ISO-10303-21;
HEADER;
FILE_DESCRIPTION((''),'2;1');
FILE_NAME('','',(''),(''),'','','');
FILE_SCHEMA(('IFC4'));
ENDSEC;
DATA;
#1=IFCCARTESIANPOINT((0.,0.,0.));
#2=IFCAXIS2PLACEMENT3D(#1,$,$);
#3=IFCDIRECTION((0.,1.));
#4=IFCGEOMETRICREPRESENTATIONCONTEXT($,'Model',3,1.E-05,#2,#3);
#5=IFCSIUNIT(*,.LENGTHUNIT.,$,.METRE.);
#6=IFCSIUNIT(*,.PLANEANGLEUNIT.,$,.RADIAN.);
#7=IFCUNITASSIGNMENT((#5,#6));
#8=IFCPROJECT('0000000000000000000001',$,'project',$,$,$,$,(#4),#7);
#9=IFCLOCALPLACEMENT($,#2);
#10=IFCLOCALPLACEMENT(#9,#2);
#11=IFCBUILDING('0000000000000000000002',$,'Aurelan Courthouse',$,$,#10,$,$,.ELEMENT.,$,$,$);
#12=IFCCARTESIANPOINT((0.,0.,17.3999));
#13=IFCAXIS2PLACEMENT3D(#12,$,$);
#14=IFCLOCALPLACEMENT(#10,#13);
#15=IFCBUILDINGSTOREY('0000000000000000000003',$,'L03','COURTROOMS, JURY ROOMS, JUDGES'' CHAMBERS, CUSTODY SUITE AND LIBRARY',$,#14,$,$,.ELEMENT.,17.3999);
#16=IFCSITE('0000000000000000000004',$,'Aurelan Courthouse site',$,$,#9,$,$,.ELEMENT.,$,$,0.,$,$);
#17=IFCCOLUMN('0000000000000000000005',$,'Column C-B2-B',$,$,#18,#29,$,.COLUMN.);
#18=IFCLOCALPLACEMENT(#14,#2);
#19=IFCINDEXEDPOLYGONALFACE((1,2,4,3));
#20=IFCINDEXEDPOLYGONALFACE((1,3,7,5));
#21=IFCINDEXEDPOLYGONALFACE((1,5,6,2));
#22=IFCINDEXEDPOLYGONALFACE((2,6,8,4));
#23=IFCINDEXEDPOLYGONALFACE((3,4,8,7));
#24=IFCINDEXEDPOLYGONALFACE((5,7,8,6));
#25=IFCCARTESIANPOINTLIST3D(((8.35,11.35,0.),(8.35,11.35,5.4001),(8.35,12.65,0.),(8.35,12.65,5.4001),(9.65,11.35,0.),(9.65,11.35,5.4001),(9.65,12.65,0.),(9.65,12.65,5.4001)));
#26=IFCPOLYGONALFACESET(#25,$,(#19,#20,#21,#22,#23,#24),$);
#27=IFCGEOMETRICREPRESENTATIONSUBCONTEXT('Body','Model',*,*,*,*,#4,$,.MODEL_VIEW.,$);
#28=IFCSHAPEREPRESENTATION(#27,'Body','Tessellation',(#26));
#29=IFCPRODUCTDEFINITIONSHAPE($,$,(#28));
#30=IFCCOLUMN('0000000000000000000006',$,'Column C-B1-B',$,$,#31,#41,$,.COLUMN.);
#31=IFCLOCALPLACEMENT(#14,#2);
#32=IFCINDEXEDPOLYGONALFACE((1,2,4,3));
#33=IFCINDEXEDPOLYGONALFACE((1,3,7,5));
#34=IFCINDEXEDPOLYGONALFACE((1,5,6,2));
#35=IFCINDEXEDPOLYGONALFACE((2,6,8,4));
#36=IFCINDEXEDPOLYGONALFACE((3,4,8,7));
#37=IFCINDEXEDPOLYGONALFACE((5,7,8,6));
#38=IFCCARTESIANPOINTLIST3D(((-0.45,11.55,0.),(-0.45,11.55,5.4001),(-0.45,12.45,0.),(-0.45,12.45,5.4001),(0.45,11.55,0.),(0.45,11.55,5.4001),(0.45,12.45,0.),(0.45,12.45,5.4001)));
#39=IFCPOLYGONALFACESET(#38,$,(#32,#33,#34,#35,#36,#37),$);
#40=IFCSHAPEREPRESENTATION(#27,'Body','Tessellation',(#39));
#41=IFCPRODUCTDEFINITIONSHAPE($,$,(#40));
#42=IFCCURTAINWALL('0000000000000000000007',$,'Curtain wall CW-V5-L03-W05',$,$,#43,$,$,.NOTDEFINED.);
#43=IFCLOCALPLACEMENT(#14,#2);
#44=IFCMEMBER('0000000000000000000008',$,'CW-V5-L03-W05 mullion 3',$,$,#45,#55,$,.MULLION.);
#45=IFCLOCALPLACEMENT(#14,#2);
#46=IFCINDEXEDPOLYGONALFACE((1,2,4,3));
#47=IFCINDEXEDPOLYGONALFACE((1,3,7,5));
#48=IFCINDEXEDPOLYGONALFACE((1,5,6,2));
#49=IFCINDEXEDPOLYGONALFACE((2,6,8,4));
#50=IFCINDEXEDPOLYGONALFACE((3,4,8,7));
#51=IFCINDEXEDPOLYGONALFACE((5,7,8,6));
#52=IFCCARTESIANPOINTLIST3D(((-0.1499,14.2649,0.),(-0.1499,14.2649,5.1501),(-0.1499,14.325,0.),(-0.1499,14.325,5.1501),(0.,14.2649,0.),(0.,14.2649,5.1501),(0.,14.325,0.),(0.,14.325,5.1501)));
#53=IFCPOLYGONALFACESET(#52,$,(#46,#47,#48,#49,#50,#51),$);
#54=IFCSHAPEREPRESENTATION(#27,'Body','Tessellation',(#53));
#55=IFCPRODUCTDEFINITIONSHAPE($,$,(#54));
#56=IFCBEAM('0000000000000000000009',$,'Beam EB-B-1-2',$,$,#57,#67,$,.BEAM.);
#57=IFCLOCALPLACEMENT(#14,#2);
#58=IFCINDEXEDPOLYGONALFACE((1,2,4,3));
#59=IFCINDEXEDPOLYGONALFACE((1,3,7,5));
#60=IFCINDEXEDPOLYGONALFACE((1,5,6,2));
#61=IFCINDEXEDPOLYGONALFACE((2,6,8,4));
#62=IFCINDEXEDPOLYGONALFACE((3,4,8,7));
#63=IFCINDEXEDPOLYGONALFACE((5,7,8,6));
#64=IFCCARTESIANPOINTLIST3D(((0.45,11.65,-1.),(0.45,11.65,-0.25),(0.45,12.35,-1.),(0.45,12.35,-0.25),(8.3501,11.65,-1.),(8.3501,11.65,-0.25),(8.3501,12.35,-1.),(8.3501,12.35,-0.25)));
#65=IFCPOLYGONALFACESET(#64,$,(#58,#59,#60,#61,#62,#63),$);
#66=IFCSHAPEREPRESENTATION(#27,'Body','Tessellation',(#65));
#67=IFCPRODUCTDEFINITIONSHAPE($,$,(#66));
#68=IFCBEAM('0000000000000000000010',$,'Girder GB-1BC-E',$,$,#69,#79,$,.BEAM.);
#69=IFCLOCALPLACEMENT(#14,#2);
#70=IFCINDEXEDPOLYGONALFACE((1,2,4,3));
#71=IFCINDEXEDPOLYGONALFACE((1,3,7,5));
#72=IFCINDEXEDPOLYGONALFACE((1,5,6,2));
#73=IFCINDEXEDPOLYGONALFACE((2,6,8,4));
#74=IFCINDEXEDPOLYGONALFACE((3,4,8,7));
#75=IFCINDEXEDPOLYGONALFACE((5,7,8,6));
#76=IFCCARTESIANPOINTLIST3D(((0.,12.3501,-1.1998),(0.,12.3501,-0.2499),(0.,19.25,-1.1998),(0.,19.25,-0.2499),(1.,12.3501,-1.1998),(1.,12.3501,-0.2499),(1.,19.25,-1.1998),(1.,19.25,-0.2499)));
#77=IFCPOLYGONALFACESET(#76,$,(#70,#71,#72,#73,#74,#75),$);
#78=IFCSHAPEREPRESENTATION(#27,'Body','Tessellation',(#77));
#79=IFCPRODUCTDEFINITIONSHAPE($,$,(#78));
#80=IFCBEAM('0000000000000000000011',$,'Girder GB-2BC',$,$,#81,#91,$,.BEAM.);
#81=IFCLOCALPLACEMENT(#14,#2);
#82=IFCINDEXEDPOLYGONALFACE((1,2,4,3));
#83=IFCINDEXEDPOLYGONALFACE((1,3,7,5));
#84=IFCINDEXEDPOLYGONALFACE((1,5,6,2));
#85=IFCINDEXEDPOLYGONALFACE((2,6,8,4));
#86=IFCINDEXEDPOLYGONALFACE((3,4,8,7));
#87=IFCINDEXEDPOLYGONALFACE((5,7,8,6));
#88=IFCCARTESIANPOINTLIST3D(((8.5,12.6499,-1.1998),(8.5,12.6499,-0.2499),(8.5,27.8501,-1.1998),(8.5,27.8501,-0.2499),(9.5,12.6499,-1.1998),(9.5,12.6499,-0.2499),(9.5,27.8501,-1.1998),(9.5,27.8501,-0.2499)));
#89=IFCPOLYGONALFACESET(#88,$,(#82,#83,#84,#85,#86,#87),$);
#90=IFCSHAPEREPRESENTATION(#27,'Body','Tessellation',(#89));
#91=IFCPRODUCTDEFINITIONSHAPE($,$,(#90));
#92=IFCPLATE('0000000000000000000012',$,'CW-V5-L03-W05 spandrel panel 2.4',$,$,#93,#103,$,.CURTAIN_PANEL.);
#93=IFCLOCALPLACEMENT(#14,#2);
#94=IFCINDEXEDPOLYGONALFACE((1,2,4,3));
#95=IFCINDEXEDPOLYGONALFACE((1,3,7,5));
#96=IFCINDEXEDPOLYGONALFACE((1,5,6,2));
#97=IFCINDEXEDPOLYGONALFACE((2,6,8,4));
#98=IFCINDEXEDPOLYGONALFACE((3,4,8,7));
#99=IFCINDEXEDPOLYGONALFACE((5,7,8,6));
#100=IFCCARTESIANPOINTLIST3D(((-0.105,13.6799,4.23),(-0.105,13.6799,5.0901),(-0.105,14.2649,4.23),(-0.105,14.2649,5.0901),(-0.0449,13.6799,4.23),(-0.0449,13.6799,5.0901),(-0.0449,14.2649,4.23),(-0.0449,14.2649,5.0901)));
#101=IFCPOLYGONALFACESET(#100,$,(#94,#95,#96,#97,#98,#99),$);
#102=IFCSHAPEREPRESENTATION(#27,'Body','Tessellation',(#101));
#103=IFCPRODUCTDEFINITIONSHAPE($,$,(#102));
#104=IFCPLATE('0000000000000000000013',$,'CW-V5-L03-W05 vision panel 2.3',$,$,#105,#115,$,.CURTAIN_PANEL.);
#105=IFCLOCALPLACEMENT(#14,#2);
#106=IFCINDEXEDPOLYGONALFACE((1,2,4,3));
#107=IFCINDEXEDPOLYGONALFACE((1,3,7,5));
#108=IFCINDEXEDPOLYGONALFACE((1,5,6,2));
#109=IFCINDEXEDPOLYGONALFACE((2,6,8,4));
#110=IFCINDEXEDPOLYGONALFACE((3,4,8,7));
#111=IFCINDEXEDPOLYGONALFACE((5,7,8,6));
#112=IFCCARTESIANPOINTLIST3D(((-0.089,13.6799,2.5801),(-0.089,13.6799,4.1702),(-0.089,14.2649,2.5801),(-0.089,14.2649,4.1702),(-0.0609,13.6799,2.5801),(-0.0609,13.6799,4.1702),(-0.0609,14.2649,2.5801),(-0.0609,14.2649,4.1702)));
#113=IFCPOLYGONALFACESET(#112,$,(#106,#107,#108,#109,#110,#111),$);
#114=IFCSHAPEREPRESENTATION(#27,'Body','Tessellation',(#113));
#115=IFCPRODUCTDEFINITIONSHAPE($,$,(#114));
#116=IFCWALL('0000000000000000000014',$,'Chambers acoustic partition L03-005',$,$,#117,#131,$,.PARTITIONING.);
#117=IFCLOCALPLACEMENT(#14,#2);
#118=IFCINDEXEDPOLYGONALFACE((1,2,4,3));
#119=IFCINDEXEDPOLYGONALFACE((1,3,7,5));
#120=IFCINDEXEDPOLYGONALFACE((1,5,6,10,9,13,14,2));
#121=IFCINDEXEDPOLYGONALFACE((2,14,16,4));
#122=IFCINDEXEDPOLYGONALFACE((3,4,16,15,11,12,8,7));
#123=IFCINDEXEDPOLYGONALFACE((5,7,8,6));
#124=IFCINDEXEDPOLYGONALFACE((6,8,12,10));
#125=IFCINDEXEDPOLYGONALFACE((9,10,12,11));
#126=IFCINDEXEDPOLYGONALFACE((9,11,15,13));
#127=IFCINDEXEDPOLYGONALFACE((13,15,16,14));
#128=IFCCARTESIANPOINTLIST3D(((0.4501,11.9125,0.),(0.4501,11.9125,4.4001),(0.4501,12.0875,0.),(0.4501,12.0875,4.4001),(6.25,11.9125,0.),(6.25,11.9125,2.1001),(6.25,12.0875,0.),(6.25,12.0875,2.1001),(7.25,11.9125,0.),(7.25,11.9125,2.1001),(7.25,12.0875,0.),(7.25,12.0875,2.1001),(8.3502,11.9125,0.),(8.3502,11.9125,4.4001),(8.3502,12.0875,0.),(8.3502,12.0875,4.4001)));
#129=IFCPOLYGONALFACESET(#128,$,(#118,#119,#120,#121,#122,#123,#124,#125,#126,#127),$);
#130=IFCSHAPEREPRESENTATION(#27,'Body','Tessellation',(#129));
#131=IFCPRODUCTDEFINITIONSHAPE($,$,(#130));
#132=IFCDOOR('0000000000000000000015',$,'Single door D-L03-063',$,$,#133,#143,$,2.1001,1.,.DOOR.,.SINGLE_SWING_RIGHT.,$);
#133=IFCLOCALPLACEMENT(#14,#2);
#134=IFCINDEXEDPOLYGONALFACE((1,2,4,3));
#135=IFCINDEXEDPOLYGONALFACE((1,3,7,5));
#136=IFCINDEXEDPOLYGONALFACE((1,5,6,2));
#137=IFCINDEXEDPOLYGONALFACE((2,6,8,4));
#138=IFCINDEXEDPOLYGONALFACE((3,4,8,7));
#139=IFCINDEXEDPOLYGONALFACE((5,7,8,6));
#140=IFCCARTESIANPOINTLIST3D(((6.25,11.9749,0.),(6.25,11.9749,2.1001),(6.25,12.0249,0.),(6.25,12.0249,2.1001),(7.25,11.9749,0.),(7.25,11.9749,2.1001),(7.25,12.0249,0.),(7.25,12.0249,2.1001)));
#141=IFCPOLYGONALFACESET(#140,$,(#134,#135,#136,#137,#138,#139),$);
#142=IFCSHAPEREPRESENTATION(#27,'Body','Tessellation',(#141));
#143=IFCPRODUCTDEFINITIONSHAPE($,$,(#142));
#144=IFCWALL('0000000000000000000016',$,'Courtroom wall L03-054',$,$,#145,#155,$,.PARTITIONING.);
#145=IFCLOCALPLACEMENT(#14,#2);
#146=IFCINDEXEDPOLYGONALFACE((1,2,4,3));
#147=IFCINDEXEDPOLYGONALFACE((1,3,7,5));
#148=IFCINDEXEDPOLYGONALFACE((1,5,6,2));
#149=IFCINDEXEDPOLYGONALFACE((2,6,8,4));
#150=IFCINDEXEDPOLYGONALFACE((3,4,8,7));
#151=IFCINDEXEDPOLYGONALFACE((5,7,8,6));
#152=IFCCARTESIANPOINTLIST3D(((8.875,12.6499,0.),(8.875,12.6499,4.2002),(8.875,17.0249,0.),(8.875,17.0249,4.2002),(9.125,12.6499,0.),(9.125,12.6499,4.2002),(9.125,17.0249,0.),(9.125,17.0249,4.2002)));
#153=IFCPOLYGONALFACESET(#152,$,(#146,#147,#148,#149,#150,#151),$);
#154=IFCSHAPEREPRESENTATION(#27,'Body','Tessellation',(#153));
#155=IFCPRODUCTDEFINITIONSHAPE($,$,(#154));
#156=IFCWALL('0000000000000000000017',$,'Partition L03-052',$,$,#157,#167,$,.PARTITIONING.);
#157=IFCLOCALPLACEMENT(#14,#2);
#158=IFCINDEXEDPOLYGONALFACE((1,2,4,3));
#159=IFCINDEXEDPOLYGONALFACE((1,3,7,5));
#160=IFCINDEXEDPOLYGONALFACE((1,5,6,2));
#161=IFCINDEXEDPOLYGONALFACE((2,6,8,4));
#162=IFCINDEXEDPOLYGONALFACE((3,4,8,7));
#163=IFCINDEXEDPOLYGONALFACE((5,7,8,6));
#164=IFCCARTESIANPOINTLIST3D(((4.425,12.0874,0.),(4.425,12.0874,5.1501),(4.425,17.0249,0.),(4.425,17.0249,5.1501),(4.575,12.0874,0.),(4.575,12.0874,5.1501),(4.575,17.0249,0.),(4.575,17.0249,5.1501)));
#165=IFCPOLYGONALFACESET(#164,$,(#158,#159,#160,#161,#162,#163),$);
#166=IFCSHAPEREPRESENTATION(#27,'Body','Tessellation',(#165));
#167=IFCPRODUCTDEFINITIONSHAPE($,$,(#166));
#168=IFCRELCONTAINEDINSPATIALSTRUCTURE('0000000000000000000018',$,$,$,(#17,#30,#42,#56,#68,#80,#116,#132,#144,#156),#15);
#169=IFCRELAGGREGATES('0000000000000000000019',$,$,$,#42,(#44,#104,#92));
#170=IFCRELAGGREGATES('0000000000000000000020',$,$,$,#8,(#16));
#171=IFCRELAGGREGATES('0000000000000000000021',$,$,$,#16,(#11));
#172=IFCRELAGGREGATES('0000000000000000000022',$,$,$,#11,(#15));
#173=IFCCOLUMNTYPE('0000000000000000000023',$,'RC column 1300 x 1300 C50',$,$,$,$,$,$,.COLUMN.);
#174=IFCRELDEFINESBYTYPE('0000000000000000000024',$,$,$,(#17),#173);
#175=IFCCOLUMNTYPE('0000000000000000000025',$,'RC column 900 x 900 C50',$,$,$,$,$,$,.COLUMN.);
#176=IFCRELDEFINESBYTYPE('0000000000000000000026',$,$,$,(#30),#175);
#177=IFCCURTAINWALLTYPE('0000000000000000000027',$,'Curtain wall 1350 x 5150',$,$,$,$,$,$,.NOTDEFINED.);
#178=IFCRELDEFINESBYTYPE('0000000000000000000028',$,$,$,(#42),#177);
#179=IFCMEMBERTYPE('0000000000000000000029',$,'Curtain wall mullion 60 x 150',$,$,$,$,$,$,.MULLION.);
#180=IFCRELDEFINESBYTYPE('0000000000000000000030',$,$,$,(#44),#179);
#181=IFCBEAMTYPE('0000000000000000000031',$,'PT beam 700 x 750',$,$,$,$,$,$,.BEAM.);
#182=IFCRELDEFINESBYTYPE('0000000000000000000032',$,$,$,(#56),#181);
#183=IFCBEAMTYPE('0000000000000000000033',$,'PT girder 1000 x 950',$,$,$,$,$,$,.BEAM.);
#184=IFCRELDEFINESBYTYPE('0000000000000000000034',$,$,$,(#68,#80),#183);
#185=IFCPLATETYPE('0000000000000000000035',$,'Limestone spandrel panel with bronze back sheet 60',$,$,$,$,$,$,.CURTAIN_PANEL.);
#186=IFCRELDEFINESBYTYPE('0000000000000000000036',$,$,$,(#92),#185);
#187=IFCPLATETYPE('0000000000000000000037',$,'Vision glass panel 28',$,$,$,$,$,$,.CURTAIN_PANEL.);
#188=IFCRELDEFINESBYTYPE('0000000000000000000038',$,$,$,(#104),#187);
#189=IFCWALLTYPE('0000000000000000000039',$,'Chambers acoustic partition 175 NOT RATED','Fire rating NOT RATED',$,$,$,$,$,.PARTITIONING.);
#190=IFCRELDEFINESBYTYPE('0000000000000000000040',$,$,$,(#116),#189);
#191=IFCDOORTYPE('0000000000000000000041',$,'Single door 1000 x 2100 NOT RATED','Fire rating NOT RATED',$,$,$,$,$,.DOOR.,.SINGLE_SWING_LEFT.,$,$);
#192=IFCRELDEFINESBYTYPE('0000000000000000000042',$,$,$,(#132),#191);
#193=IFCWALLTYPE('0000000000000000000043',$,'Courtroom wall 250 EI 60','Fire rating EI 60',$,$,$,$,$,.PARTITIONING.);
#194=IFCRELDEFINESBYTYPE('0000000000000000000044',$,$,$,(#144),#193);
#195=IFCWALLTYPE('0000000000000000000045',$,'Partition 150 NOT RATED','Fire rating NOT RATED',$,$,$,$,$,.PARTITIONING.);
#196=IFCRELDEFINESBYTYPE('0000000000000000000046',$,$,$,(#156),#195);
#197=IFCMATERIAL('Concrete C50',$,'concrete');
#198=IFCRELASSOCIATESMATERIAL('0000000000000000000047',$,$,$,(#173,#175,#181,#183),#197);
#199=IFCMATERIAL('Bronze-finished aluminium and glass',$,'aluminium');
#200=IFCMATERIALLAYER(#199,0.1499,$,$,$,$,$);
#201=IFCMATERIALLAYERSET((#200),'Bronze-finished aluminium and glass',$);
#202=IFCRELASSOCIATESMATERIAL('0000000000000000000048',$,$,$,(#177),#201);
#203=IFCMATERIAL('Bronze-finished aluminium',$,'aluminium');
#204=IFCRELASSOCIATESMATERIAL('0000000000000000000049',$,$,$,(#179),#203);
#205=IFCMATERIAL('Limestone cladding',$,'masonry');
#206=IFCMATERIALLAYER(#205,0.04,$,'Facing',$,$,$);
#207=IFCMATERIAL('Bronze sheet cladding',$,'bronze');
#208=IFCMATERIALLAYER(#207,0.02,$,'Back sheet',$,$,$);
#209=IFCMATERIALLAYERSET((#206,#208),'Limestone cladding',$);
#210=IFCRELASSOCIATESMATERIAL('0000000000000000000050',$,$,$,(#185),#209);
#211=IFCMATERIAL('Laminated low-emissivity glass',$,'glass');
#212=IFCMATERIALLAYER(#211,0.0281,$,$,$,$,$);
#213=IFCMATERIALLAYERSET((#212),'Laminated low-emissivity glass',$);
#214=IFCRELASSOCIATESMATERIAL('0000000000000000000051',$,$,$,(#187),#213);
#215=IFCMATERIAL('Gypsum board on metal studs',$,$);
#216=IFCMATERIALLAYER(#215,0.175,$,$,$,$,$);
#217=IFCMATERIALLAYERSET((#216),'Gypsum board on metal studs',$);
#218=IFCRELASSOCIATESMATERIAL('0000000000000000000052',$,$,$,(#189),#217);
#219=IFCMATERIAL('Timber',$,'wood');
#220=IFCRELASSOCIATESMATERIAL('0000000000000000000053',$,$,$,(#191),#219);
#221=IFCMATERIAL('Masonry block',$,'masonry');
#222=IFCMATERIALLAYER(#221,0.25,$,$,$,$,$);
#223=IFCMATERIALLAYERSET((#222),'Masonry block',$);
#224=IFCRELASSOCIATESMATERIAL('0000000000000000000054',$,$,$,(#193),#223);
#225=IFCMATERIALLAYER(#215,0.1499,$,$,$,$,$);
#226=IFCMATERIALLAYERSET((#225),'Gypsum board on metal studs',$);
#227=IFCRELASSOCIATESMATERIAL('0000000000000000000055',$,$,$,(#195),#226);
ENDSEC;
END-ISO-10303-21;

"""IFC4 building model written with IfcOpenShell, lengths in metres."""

from ifc_helpers import new_model, si_unit, direction, frame, frame_2d, origin, origin_2d, place, context, subcontext, project, spatial, rectangle, extrude, material, layer, layer_set, material_profile, profile_set, type_object, element, fill, aggregate, save


model = new_model("IFC4")

# Units and contexts
model_context = context("Model", 3, precision=1e-05, world=origin(), true_north=direction((0.0, 1.0)))
body_context = subcontext(model_context, "Body", "Model", "MODEL_VIEW")
ifc_project = project(units=[si_unit("LENGTHUNIT", "METRE"), si_unit("PLANEANGLEUNIT", "RADIAN")], contexts=[model_context])

# Site, building, storey
site_placement = place(None, origin())
site = spatial("IfcSite", under=ifc_project, at=site_placement, Name="Aurelan Courthouse site", CompositionType="ELEMENT", RefElevation=0.0)
building_placement = place(site_placement, origin())
building = spatial("IfcBuilding", under=site, at=building_placement, Name="Aurelan Courthouse", CompositionType="ELEMENT")
storey_placement = place(building_placement, frame((0.0, 0.0, 17.3999)))
storey = spatial("IfcBuildingStorey", under=building, at=storey_placement, Name="L03", Description="COURTROOMS, JURY ROOMS, JUDGES' CHAMBERS, CUSTODY SUITE AND LIBRARY", CompositionType="ELEMENT", Elevation=17.3999)

# Columns
ifc_material_1 = material(Name="Concrete C50", Category="concrete")
ifc_material_profile_1 = material_profile(ifc_material_1, rectangle(XDim=1.3, YDim=1.3, at=origin_2d()), Name="RC 1300 x 1300")
ifc_profile_set_1 = profile_set([ifc_material_profile_1], Name="Concrete C50")
column_type_1 = type_object("IfcColumnType", Name="RC column 1300 x 1300 C50", PredefinedType="COLUMN", material=ifc_profile_set_1)
column_1_placement = place(storey_placement, frame((9.0, 12.0, 0.0), z_axis=(0.0, 0.0, 1.0), x_axis=(1.0, 0.0, 0.0)))
element("IfcColumn", 1, at=column_1_placement, inside=storey, type_object=column_type_1, Name="Column C-B2-B", PredefinedType="COLUMN", context=body_context, shape_type="SweptSolid", body=[
    extrude(rectangle(XDim=1.3, YDim=1.3, at=origin_2d()), origin(), (0.0, 0.0, 1.0), 5.4001),
])
ifc_material_profile_2 = material_profile(ifc_material_1, rectangle(XDim=0.8999, YDim=0.8999, at=origin_2d()), Name="RC 900 x 900")
ifc_profile_set_2 = profile_set([ifc_material_profile_2], Name="Concrete C50")
column_type_2 = type_object("IfcColumnType", Name="RC column 900 x 900 C50", PredefinedType="COLUMN", material=ifc_profile_set_2)
column_2_placement = place(storey_placement, frame((0.0, 12.0, 0.0), z_axis=(0.0, 0.0, 1.0), x_axis=(1.0, 0.0, 0.0)))
element("IfcColumn", 2, at=column_2_placement, inside=storey, type_object=column_type_2, Name="Column C-B1-B", PredefinedType="COLUMN", context=body_context, shape_type="SweptSolid", body=[
    extrude(rectangle(XDim=0.8999, YDim=0.8999, at=origin_2d()), origin(), (0.0, 0.0, 1.0), 5.4001),
])

# Curtain wall, member
ifc_material_2 = material(Name="Bronze-finished aluminium and glass", Category="aluminium")
ifc_layer_1 = layer(ifc_material_2, 0.1499)
ifc_layer_set_1 = layer_set([ifc_layer_1], Name="Bronze-finished aluminium and glass")
curtain_wall_type = type_object("IfcCurtainWallType", Name="Curtain wall 1350 x 5150", PredefinedType="NOTDEFINED", material=ifc_layer_set_1)
curtain_wall_placement = place(storey_placement, origin())
curtain_wall = element("IfcCurtainWall", 3, at=curtain_wall_placement, inside=storey, type_object=curtain_wall_type, Name="Curtain wall CW-V5-L03-W05", PredefinedType="NOTDEFINED")
ifc_material_3 = material(Name="Bronze-finished aluminium", Category="aluminium")
ifc_material_profile_3 = material_profile(ifc_material_3, rectangle(XDim=0.1499, YDim=0.0601, at=origin_2d()), Name="Bronze mullion 60 x 150")
ifc_profile_set_3 = profile_set([ifc_material_profile_3], Name="Bronze-finished aluminium")
member_type = type_object("IfcMemberType", Name="Curtain wall mullion 60 x 150", PredefinedType="MULLION", material=ifc_profile_set_3)
member_placement = place(storey_placement, frame((-0.075, 14.2949, 0.0), z_axis=(0.0, 0.0, 1.0), x_axis=(-1.0, 0.0, 0.0)))
member = element("IfcMember", 4, at=member_placement, type_object=member_type, Name="CW-V5-L03-W05 mullion 3", PredefinedType="MULLION", context=body_context, shape_type="SweptSolid", body=[
    extrude(rectangle(XDim=0.1499, YDim=0.0601, at=origin_2d()), origin(), (0.0, 0.0, 1.0), 5.1501),
])

# Beams
ifc_material_profile_4 = material_profile(ifc_material_1, rectangle(XDim=0.7, YDim=0.75, at=origin_2d()), Name="RC 700 x 750")
ifc_profile_set_4 = profile_set([ifc_material_profile_4], Name="Concrete C50")
beam_type_1 = type_object("IfcBeamType", Name="PT beam 700 x 750", PredefinedType="BEAM", material=ifc_profile_set_4)
beam_1_placement = place(storey_placement, frame((0.45, 12.0, -0.625), z_axis=(1.0, 0.0, 0.0), x_axis=(0.0, 1.0, 0.0)))
element("IfcBeam", 5, at=beam_1_placement, inside=storey, type_object=beam_type_1, Name="Beam EB-B-1-2", PredefinedType="BEAM", context=body_context, shape_type="SweptSolid", body=[
    extrude(rectangle(XDim=0.7, YDim=0.75, at=origin_2d()), origin(), (0.0, 0.0, 1.0), 7.9001),
])
ifc_material_profile_5 = material_profile(ifc_material_1, rectangle(XDim=1.0, YDim=0.95, at=origin_2d()), Name="RC 1000 x 950")
ifc_profile_set_5 = profile_set([ifc_material_profile_5], Name="Concrete C50")
beam_type_2 = type_object("IfcBeamType", Name="PT girder 1000 x 950", PredefinedType="BEAM", material=ifc_profile_set_5)
beam_2_placement = place(storey_placement, frame((0.5, 12.3501, -0.7249), z_axis=(0.0, 1.0, 0.0), x_axis=(-1.0, 0.0, 0.0)))
element("IfcBeam", 6, at=beam_2_placement, inside=storey, type_object=beam_type_2, Name="Girder GB-1BC-E", PredefinedType="BEAM", context=body_context, shape_type="SweptSolid", body=[
    extrude(rectangle(XDim=1.0, YDim=0.95, at=origin_2d()), origin(), (0.0, 0.0, 1.0), 6.8999),
])
beam_3_placement = place(storey_placement, frame((9.0, 12.6499, -0.7249), z_axis=(0.0, 1.0, 0.0), x_axis=(-1.0, 0.0, 0.0)))
element("IfcBeam", 7, at=beam_3_placement, inside=storey, type_object=beam_type_2, Name="Girder GB-2BC", PredefinedType="BEAM", context=body_context, shape_type="SweptSolid", body=[
    extrude(rectangle(XDim=1.0, YDim=0.95, at=origin_2d()), origin(), (0.0, 0.0, 1.0), 15.2002),
])

# Plates
ifc_material_4 = material(Name="Limestone cladding", Category="masonry")
ifc_layer_2 = layer(ifc_material_4, 0.04, Name="Facing")
ifc_material_5 = material(Name="Bronze sheet cladding", Category="bronze")
ifc_layer_3 = layer(ifc_material_5, 0.02, Name="Back sheet")
ifc_layer_set_2 = layer_set([ifc_layer_2, ifc_layer_3], Name="Limestone cladding")
plate_type_1 = type_object("IfcPlateType", Name="Limestone spandrel panel with bronze back sheet 60", PredefinedType="CURTAIN_PANEL", material=ifc_layer_set_2)
plate_1_placement = place(storey_placement, frame((-0.075, 13.9724, 4.23), z_axis=(0.0, 0.0, 1.0), x_axis=(0.0, 1.0, 0.0)))
plate_1 = element("IfcPlate", 8, at=plate_1_placement, type_object=plate_type_1, Name="CW-V5-L03-W05 spandrel panel 2.4", PredefinedType="CURTAIN_PANEL", context=body_context, shape_type="SweptSolid", body=[
    extrude(rectangle(XDim=0.585, YDim=0.0601, at=origin_2d()), origin(), (0.0, 0.0, 1.0), 0.8601),
])
ifc_material_6 = material(Name="Laminated low-emissivity glass", Category="glass")
ifc_layer_4 = layer(ifc_material_6, 0.0281)
ifc_layer_set_3 = layer_set([ifc_layer_4], Name="Laminated low-emissivity glass")
plate_type_2 = type_object("IfcPlateType", Name="Vision glass panel 28", PredefinedType="CURTAIN_PANEL", material=ifc_layer_set_3)
plate_2_placement = place(storey_placement, frame((-0.075, 13.9724, 2.5801), z_axis=(0.0, 0.0, 1.0), x_axis=(0.0, 1.0, 0.0)))
plate_2 = element("IfcPlate", 9, at=plate_2_placement, type_object=plate_type_2, Name="CW-V5-L03-W05 vision panel 2.3", PredefinedType="CURTAIN_PANEL", context=body_context, shape_type="SweptSolid", body=[
    extrude(rectangle(XDim=0.585, YDim=0.0281, at=origin_2d()), origin(), (0.0, 0.0, 1.0), 1.5901),
])
aggregate(curtain_wall, [member, plate_2, plate_1])

# Wall, opening, door
ifc_material_7 = material(Name="Gypsum board on metal studs")
ifc_layer_5 = layer(ifc_material_7, 0.175)
ifc_layer_set_4 = layer_set([ifc_layer_5], Name="Gypsum board on metal studs")
wall_type_1 = type_object("IfcWallType", Name="Chambers acoustic partition 175 NOT RATED", Description="Fire rating NOT RATED", PredefinedType="PARTITIONING", material=ifc_layer_set_4)
wall_1_placement = place(storey_placement, frame((0.45, 12.0, 0.0), z_axis=(0.0, 0.0, 1.0), x_axis=(1.0, 0.0, 0.0)))
wall_1 = element("IfcWall", 10, at=wall_1_placement, inside=storey, type_object=wall_type_1, Name="Chambers acoustic partition L03-005", PredefinedType="PARTITIONING", context=body_context, shape_type="SweptSolid", body=[
    extrude(rectangle(XDim=7.9001, YDim=0.175, at=frame_2d((3.9502, 0.0))), origin(), (0.0, 0.0, 1.0), 4.4001),
])
opening_1_placement = place(wall_1_placement, frame((5.8, 0.0, 0.0)))
opening_1 = element("IfcOpeningElement", 11, at=opening_1_placement, cuts=wall_1, PredefinedType="OPENING", context=body_context, shape_type="SweptSolid", body=[
    extrude(rectangle(XDim=1.0, YDim=2.1001, at=frame_2d((0.5, 1.05))), frame((0.0, 0.0974, 0.0), z_axis=(0.0, -1.0, 0.0), x_axis=(1.0, 0.0, 0.0)), (0.0, 0.0, 1.0), 0.1951),
])
ifc_material_8 = material(Name="Timber", Category="wood")
door_type_1 = type_object("IfcDoorType", Name="Single door 1000 x 2100 NOT RATED", Description="Fire rating NOT RATED", OperationType="SINGLE_SWING_LEFT", PredefinedType="DOOR", material=ifc_material_8)
door_1_placement = place(opening_1_placement, origin())
door_1 = element("IfcDoor", 12, at=door_1_placement, inside=storey, type_object=door_type_1, Name="Single door D-L03-063", OperationType="SINGLE_SWING_RIGHT", OverallHeight=2.1001, OverallWidth=1.0, PredefinedType="DOOR", context=body_context, shape_type="SweptSolid", body=[
    extrude(rectangle(XDim=1.0, YDim=2.1001, at=frame_2d((0.5, 1.05))), frame((0.0, 0.0249, 0.0), z_axis=(0.0, -1.0, 0.0), x_axis=(1.0, 0.0, 0.0)), (0.0, 0.0, 1.0), 0.05),
])
fill(opening_1, door_1)

# Shared definitions
ifc_material_9 = material(Name="Masonry block", Category="masonry")
ifc_layer_6 = layer(ifc_material_9, 0.25)
ifc_layer_set_5 = layer_set([ifc_layer_6], Name="Masonry block")
wall_type_2 = type_object("IfcWallType", Name="Courtroom wall 250 EI 60", Description="Fire rating EI 60", PredefinedType="PARTITIONING", material=ifc_layer_set_5)

# Walls
wall_2_placement = place(storey_placement, frame((9.0, 12.6499, 0.0), z_axis=(0.0, 0.0, 1.0), x_axis=(0.0, 1.0, 0.0)))
element("IfcWall", 13, at=wall_2_placement, inside=storey, type_object=wall_type_2, Name="Courtroom wall L03-054", PredefinedType="PARTITIONING", context=body_context, shape_type="SweptSolid", body=[
    extrude(rectangle(XDim=4.375, YDim=0.25, at=frame_2d((2.1875, 0.0))), origin(), (0.0, 0.0, 1.0), 4.2002),
])
ifc_layer_7 = layer(ifc_material_7, 0.1499)
ifc_layer_set_6 = layer_set([ifc_layer_7], Name="Gypsum board on metal studs")
wall_type_3 = type_object("IfcWallType", Name="Partition 150 NOT RATED", Description="Fire rating NOT RATED", PredefinedType="PARTITIONING", material=ifc_layer_set_6)
wall_3_placement = place(storey_placement, frame((4.5, 12.0874, 0.0), z_axis=(0.0, 0.0, 1.0), x_axis=(0.0, 1.0, 0.0)))
element("IfcWall", 14, at=wall_3_placement, inside=storey, type_object=wall_type_3, Name="Partition L03-052", PredefinedType="PARTITIONING", context=body_context, shape_type="SweptSolid", body=[
    extrude(rectangle(XDim=4.9375, YDim=0.1499, at=frame_2d((2.4688, 0.0))), origin(), (0.0, 0.0, 1.0), 5.1501),
])

save(model, "model.ifc")
